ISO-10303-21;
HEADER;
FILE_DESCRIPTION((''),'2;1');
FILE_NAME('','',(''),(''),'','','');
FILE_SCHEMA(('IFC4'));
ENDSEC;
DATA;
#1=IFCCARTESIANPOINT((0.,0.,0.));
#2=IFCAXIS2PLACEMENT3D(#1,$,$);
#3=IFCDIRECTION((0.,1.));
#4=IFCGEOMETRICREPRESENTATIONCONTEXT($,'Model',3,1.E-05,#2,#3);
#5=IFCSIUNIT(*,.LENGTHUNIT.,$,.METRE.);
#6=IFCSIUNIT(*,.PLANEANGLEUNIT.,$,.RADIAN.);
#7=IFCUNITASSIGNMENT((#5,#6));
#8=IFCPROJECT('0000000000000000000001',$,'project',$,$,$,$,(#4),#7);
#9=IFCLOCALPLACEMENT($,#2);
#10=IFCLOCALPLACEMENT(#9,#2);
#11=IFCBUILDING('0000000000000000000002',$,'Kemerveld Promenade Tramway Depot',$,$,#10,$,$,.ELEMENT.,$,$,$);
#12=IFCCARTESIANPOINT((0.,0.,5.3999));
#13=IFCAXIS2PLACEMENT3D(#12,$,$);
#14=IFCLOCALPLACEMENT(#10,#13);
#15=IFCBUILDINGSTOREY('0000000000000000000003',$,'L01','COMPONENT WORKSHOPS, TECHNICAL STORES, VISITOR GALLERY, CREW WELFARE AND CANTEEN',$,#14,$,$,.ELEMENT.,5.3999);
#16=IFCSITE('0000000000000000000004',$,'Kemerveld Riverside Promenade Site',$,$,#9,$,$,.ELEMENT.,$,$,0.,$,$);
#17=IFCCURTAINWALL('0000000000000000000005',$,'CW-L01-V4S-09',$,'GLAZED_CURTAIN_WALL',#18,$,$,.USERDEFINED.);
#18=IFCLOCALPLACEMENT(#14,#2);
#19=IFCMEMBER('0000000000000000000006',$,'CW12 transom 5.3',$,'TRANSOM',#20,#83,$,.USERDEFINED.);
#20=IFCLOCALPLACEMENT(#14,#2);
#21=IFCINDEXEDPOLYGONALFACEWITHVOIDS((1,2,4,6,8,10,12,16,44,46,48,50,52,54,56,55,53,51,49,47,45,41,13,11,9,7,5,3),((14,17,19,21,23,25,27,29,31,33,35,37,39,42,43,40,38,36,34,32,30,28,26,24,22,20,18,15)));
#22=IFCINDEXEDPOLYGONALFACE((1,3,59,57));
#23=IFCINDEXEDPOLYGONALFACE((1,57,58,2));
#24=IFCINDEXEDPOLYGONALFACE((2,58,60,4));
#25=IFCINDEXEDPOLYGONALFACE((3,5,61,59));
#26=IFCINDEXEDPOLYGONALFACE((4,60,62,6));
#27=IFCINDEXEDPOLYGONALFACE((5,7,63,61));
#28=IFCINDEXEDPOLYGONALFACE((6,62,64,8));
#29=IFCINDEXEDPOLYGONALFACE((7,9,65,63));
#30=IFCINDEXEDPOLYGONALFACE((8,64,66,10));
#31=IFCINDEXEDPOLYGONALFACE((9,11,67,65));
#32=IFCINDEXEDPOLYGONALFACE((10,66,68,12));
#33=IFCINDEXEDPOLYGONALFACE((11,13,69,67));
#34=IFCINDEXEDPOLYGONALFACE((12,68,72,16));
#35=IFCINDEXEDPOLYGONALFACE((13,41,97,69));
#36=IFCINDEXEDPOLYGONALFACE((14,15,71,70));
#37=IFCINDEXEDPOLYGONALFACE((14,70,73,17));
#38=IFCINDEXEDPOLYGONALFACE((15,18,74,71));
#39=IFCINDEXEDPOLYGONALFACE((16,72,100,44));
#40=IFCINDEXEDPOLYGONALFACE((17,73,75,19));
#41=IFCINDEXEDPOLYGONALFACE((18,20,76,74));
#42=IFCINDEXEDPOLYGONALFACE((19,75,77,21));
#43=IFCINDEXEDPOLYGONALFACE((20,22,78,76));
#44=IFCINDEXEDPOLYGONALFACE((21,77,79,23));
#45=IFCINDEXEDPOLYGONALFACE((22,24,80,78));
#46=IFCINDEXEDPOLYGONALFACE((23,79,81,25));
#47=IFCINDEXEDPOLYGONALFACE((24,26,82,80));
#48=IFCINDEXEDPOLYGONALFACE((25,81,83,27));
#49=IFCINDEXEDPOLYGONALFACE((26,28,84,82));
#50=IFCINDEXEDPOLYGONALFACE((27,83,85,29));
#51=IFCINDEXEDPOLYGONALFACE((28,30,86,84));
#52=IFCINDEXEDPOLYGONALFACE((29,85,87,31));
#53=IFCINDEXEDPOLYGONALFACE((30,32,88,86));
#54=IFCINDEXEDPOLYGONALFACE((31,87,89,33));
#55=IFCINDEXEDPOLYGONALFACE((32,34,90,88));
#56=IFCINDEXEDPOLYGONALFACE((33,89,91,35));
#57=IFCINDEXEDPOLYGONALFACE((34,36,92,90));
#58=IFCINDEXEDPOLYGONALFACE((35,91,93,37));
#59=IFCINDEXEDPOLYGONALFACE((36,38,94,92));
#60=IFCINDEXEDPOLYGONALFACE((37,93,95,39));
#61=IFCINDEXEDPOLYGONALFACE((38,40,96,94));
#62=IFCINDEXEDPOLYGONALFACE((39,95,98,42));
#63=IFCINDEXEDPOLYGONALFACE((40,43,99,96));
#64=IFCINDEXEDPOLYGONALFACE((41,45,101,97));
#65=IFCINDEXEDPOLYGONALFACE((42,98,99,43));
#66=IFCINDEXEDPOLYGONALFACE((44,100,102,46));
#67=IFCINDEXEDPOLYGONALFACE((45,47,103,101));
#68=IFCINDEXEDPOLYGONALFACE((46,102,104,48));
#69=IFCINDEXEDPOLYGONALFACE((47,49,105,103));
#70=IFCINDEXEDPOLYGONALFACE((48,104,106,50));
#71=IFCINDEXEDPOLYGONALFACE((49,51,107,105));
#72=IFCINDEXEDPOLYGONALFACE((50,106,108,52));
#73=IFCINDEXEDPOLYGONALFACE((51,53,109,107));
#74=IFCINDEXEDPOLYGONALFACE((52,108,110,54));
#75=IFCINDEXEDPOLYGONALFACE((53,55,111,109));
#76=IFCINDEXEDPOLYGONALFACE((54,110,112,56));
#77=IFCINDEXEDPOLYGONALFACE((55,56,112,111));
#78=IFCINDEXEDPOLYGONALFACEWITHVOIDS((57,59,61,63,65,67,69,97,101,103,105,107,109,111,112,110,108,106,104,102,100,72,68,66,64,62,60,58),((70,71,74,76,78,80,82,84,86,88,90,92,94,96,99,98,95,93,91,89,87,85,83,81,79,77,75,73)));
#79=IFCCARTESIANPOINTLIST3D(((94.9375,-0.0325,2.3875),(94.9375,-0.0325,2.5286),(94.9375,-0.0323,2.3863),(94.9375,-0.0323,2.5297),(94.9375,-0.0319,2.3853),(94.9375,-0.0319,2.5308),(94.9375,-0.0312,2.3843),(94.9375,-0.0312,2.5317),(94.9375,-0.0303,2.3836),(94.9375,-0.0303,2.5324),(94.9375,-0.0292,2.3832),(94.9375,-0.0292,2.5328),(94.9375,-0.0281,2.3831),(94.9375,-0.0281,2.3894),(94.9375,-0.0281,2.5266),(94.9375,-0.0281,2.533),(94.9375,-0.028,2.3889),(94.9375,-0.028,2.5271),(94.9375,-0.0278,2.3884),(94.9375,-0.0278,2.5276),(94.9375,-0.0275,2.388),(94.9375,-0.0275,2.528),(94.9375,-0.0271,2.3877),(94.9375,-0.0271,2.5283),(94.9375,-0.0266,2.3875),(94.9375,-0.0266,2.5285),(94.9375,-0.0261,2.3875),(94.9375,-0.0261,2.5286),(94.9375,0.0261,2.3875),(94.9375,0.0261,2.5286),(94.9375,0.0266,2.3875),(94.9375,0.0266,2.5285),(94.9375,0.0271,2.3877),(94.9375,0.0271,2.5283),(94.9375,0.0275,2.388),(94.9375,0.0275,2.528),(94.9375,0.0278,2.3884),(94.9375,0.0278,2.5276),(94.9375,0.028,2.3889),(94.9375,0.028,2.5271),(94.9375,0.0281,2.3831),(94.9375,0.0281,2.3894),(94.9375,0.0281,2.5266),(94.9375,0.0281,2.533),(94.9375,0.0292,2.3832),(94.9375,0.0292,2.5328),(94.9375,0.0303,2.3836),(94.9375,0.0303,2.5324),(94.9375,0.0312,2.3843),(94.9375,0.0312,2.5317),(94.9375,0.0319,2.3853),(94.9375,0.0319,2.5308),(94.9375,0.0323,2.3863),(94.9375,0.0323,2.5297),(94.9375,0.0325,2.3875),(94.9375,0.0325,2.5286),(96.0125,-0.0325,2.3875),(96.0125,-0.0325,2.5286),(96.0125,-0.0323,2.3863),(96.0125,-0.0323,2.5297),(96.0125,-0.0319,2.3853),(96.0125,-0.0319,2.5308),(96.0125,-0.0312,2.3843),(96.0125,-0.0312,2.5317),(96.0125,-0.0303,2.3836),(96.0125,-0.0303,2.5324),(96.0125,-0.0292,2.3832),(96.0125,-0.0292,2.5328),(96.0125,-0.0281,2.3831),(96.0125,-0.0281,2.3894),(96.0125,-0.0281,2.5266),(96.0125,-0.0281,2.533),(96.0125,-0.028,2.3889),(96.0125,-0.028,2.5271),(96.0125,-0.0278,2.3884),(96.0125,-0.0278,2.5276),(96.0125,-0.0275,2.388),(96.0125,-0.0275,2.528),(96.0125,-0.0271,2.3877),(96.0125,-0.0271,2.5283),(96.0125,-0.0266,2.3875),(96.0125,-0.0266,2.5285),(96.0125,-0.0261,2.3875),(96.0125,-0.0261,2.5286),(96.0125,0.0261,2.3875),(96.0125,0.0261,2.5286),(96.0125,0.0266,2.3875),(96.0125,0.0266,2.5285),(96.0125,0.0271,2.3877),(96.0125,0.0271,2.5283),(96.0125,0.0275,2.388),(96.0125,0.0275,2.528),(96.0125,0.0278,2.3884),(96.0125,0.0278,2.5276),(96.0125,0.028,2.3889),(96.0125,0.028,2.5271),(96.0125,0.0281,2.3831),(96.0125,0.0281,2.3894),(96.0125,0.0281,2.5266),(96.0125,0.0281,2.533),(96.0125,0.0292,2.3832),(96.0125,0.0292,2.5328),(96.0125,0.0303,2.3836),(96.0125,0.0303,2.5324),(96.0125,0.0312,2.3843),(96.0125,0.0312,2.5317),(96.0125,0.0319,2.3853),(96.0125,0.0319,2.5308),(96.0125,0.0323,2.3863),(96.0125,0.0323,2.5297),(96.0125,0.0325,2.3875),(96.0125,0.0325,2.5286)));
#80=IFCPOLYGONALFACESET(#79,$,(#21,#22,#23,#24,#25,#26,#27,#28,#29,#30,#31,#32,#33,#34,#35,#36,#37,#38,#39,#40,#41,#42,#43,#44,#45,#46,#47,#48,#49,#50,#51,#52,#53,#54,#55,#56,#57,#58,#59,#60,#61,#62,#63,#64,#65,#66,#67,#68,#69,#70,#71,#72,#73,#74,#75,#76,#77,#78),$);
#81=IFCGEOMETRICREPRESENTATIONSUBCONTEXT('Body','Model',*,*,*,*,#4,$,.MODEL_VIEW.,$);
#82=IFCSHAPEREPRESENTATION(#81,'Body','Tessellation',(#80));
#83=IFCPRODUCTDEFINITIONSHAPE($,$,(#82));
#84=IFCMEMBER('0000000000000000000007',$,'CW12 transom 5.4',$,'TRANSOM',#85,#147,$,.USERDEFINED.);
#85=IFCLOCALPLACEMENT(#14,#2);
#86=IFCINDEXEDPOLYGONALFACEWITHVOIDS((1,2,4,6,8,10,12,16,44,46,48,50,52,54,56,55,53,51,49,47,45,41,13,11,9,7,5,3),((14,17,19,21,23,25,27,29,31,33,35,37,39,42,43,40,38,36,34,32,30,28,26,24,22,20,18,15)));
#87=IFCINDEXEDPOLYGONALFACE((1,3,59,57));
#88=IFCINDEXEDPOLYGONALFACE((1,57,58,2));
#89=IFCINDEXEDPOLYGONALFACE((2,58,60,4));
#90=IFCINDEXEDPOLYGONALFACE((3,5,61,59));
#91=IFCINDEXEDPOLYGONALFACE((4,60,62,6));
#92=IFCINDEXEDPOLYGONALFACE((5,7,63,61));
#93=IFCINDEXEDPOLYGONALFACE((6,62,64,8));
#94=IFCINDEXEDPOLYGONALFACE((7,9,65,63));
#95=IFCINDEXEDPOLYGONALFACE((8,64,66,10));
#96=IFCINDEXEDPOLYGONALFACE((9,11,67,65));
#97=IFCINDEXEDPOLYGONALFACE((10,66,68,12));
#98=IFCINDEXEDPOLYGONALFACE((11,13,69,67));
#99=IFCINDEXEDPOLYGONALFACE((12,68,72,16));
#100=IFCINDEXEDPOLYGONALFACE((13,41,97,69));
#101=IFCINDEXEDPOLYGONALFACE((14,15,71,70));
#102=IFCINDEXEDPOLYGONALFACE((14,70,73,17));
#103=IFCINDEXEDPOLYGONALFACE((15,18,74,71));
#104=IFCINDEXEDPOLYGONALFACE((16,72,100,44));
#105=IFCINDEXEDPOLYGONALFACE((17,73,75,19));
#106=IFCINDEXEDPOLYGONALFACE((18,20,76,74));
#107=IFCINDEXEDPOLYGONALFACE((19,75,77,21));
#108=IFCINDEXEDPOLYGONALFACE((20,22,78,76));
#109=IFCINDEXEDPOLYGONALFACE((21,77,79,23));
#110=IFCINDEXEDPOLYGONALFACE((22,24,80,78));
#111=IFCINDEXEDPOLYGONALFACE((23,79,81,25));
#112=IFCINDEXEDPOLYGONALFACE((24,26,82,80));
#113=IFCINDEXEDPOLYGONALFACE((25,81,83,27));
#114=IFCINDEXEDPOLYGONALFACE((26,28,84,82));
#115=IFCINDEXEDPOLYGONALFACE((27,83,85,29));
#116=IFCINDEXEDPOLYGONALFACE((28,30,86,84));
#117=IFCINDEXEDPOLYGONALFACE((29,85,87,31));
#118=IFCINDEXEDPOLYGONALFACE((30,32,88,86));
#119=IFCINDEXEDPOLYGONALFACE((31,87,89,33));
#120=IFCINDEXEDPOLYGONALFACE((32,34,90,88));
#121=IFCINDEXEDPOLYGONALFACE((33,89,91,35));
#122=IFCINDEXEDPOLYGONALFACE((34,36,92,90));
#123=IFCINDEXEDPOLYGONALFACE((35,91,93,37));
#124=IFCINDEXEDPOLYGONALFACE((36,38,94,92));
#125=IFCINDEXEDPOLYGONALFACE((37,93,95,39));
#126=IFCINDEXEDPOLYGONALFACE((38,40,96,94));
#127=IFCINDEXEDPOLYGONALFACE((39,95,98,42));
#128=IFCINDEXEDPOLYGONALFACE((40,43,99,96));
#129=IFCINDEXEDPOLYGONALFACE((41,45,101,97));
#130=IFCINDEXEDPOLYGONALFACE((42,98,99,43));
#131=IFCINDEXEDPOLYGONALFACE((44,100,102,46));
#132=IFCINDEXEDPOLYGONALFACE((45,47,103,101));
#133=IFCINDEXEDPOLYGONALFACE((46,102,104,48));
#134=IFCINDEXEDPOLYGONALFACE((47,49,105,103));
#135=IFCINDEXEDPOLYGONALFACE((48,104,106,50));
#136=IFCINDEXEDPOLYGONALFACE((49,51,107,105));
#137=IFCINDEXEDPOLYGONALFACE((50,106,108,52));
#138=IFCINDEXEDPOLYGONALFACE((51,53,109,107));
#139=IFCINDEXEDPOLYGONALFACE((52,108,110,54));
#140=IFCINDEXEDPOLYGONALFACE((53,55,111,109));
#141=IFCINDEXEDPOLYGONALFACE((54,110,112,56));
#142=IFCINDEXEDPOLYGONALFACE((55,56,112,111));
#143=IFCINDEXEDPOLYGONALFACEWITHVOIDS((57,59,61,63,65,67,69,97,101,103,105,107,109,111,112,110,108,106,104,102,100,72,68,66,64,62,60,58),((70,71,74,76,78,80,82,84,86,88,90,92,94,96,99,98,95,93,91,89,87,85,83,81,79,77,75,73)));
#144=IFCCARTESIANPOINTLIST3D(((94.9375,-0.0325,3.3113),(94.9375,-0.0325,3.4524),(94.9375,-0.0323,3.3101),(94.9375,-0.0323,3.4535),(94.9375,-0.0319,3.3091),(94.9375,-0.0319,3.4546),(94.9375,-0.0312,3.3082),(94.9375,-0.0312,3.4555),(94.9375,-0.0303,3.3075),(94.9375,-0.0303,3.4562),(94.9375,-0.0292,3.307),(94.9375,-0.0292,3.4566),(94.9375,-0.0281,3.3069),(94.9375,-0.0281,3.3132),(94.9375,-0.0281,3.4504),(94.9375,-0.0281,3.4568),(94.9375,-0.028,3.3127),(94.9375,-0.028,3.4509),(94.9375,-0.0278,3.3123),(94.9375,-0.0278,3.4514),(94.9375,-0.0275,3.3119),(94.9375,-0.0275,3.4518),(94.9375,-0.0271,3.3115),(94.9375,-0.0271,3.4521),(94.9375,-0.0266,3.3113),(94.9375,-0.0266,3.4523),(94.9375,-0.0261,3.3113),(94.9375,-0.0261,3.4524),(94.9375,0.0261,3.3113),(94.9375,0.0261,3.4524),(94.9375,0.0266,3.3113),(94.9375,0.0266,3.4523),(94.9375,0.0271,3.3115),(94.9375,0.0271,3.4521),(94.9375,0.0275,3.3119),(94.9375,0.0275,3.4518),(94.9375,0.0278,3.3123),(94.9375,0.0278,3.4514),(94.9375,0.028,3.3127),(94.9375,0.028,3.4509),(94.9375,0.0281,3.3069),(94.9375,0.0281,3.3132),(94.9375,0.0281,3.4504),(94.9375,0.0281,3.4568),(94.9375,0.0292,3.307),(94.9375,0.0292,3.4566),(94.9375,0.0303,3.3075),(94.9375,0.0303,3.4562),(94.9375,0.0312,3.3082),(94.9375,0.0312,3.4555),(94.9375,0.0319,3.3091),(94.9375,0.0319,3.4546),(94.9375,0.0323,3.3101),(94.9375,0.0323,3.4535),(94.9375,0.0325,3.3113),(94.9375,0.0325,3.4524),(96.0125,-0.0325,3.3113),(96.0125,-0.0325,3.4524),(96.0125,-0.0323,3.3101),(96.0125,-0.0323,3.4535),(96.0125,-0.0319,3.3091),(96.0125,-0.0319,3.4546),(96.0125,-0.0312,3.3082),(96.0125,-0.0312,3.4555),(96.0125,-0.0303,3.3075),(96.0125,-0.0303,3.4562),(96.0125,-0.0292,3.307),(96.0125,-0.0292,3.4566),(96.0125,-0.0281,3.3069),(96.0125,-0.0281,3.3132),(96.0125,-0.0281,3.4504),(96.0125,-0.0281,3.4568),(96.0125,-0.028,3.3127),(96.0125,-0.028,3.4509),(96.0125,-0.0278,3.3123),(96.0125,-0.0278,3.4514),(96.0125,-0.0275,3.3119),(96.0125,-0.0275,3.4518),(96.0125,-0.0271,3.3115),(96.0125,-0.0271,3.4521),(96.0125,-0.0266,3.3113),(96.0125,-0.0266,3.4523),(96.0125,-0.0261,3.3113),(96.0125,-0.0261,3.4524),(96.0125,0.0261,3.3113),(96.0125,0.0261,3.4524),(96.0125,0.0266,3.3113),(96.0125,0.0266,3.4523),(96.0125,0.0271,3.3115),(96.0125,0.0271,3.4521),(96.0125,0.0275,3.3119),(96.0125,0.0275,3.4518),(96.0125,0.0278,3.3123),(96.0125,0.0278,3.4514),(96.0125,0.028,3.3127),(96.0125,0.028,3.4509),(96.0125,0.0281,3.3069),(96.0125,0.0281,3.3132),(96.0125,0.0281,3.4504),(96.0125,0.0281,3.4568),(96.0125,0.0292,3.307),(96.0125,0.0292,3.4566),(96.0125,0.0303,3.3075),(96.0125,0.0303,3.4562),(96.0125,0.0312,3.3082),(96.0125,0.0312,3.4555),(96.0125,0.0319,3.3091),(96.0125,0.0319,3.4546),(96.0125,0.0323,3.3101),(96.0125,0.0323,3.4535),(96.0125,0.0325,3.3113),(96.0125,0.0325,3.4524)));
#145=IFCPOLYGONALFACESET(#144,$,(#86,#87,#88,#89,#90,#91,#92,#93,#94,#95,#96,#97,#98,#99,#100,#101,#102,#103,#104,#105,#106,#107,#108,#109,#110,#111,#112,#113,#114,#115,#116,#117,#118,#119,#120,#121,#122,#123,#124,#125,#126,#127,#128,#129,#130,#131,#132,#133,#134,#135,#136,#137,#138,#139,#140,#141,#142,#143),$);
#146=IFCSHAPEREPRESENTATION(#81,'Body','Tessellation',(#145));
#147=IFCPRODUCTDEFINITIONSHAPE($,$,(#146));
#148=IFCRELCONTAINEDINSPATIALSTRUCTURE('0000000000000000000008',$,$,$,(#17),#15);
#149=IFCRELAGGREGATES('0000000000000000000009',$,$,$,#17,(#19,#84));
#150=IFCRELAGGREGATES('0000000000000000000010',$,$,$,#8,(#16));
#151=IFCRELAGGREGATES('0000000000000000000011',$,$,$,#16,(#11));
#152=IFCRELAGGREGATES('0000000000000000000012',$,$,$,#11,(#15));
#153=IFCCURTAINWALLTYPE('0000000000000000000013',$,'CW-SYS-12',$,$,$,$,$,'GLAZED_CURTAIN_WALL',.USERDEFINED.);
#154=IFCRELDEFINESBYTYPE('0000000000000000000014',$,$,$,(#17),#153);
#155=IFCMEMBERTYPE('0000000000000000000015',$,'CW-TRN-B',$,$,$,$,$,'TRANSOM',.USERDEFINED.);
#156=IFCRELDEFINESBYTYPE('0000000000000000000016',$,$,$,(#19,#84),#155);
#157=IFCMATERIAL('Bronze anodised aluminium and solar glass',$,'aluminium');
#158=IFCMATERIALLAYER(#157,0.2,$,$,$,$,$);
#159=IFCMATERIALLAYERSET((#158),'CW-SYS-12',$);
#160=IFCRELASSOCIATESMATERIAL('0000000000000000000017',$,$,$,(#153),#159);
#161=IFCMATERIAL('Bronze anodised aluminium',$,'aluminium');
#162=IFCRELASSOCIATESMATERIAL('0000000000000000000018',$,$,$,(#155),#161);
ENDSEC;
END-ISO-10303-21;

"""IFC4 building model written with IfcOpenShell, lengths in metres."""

from ifc_helpers import new_model, si_unit, direction, frame, origin, origin_2d, place, context, subcontext, project, spatial, hollow_rectangle, extrude, material, layer, layer_set, material_profile, profile_set, type_object, element, aggregate, save


model = new_model("IFC4")

# Units and contexts
model_context = context("Model", 3, precision=1e-05, world=origin(), true_north=direction((0.0, 1.0)))
body_context = subcontext(model_context, "Body", "Model", "MODEL_VIEW")
ifc_project = project(units=[si_unit("LENGTHUNIT", "METRE"), si_unit("PLANEANGLEUNIT", "RADIAN")], contexts=[model_context])

# Site, building, storey
site_placement = place(None, origin())
site = spatial("IfcSite", under=ifc_project, at=site_placement, Name="Kemerveld Riverside Promenade Site", CompositionType="ELEMENT", RefElevation=0.0)
building_placement = place(site_placement, origin())
building = spatial("IfcBuilding", under=site, at=building_placement, Name="Kemerveld Promenade Tramway Depot", CompositionType="ELEMENT")
storey_placement = place(building_placement, frame((0.0, 0.0, 5.3999)))
storey = spatial("IfcBuildingStorey", under=building, at=storey_placement, Name="L01", Description="COMPONENT WORKSHOPS, TECHNICAL STORES, VISITOR GALLERY, CREW WELFARE AND CANTEEN", CompositionType="ELEMENT", Elevation=5.3999)

# Curtain wall, members
ifc_material_1 = material(Name="Bronze anodised aluminium and solar glass", Category="aluminium")
ifc_layer_1 = layer(ifc_material_1, 0.2)
ifc_layer_set_1 = layer_set([ifc_layer_1], Name="CW-SYS-12")
curtain_wall_type = type_object("IfcCurtainWallType", Name="CW-SYS-12", ElementType="GLAZED_CURTAIN_WALL", PredefinedType="USERDEFINED", material=ifc_layer_set_1)
curtain_wall_placement = place(storey_placement, origin())
curtain_wall = element("IfcCurtainWall", 1, at=curtain_wall_placement, inside=storey, type_object=curtain_wall_type, Name="CW-L01-V4S-09", ObjectType="GLAZED_CURTAIN_WALL", PredefinedType="USERDEFINED")
ifc_material_2 = material(Name="Bronze anodised aluminium", Category="aluminium")
ifc_material_profile_1 = material_profile(ifc_material_2, hollow_rectangle(XDim=0.0649, YDim=0.1499, WallThickness=0.0044, InnerFilletRadius=0.002, OuterFilletRadius=0.0044, at=origin_2d()), Name="CW-TRN-150x65")
ifc_profile_set_1 = profile_set([ifc_material_profile_1], Name="Bronze anodised aluminium")
member_type_1 = type_object("IfcMemberType", Name="CW-TRN-B", ElementType="TRANSOM", PredefinedType="USERDEFINED", material=ifc_profile_set_1)
member_1_placement = place(storey_placement, frame((96.0125, 0.0, 2.458), z_axis=(-1.0, 0.0, 0.0), x_axis=(0.0, -1.0, 0.0)))
member_1 = element("IfcMember", 2, at=member_1_placement, type_object=member_type_1, Name="CW12 transom 5.3", ObjectType="TRANSOM", PredefinedType="USERDEFINED", context=body_context, shape_type="SweptSolid", body=[
    extrude(hollow_rectangle(XDim=0.0649, YDim=0.1499, WallThickness=0.0044, InnerFilletRadius=0.002, OuterFilletRadius=0.0044, at=origin_2d()), origin(), (0.0, 0.0, 1.0), 1.075),
])
member_2_placement = place(storey_placement, frame((96.0125, 0.0, 3.3818), z_axis=(-1.0, 0.0, 0.0), x_axis=(0.0, -1.0, 0.0)))
member_2 = element("IfcMember", 3, at=member_2_placement, type_object=member_type_1, Name="CW12 transom 5.4", ObjectType="TRANSOM", PredefinedType="USERDEFINED", context=body_context, shape_type="SweptSolid", body=[
    extrude(hollow_rectangle(XDim=0.0649, YDim=0.1499, WallThickness=0.0044, InnerFilletRadius=0.002, OuterFilletRadius=0.0044, at=origin_2d()), origin(), (0.0, 0.0, 1.0), 1.075),
])
aggregate(curtain_wall, [member_1, member_2])

save(model, "model.ifc")
